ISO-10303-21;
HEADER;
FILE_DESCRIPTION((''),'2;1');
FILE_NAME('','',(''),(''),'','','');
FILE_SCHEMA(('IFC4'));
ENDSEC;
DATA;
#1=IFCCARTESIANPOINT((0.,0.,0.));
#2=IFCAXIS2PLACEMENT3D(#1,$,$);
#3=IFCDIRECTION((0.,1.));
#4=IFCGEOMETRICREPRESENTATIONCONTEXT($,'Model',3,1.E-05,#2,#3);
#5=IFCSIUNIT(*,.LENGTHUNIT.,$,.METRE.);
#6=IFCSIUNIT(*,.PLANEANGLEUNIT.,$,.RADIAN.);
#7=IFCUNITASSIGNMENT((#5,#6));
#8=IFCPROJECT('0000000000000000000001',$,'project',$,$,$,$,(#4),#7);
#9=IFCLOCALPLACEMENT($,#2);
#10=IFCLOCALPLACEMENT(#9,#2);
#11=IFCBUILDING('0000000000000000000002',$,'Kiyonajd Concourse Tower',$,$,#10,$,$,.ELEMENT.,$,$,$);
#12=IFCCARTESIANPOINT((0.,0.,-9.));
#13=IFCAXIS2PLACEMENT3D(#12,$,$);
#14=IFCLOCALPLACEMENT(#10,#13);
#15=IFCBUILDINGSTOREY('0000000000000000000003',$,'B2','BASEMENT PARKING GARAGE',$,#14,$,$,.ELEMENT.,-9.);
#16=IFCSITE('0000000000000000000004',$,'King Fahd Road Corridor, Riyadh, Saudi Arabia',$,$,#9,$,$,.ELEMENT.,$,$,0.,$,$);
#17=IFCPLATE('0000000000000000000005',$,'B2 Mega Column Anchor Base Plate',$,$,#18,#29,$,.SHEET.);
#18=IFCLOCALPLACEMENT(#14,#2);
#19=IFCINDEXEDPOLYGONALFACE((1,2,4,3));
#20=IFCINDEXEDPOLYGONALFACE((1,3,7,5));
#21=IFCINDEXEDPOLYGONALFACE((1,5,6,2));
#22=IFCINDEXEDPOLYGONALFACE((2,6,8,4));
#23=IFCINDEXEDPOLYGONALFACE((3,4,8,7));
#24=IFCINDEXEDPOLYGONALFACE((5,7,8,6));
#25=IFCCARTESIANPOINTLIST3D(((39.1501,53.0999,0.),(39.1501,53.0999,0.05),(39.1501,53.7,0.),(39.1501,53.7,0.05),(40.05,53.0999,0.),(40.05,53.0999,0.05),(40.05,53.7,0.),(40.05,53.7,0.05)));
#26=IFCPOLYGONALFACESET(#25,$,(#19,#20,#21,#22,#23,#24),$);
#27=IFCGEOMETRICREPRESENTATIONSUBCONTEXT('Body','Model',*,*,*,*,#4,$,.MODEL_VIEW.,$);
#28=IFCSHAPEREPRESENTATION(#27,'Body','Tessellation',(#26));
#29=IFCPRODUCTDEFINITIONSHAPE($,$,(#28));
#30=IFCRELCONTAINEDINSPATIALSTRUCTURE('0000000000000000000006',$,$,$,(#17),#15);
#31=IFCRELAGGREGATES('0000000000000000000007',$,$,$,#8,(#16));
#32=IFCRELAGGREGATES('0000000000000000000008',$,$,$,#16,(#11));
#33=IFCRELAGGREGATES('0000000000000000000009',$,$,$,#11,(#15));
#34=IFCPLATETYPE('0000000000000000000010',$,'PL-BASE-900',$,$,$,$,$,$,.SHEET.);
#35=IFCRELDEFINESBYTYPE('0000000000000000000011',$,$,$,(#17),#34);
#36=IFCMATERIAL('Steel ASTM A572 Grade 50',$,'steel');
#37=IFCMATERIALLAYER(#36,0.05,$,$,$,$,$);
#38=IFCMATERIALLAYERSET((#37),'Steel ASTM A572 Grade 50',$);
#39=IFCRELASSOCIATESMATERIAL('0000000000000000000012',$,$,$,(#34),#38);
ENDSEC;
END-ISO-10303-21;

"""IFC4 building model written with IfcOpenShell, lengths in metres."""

from ifc_helpers import new_model, si_unit, direction, frame, origin, origin_2d, place, context, subcontext, project, spatial, rectangle, extrude, material, layer, layer_set, type_object, element, save


model = new_model("IFC4")

# Units and contexts
model_context = context("Model", 3, precision=1e-05, world=origin(), true_north=direction((0.0, 1.0)))
body_context = subcontext(model_context, "Body", "Model", "MODEL_VIEW")
ifc_project = project(units=[si_unit("LENGTHUNIT", "METRE"), si_unit("PLANEANGLEUNIT", "RADIAN")], contexts=[model_context])

# Site, building, storey
site_placement = place(None, origin())
site = spatial("IfcSite", under=ifc_project, at=site_placement, Name="King Fahd Road Corridor, Riyadh, Saudi Arabia", CompositionType="ELEMENT", RefElevation=0.0)
building_placement = place(site_placement, origin())
building = spatial("IfcBuilding", under=site, at=building_placement, Name="Kiyonajd Concourse Tower", CompositionType="ELEMENT")
storey_placement = place(building_placement, frame((0.0, 0.0, -9.0)))
storey = spatial("IfcBuildingStorey", under=building, at=storey_placement, Name="B2", Description="BASEMENT PARKING GARAGE", CompositionType="ELEMENT", Elevation=-9.0)

# Plate
ifc_material_1 = material(Name="Steel ASTM A572 Grade 50", Category="steel")
ifc_layer = layer(ifc_material_1, 0.05)
ifc_layer_set = layer_set([ifc_layer], Name="Steel ASTM A572 Grade 50")
plate_type = type_object("IfcPlateType", Name="PL-BASE-900", PredefinedType="SHEET", material=ifc_layer_set)
for number, where, z_axis, x_axis, name in (
    (1, (39.6001, 53.3999, 0.0), (0.0, 0.0, 1.0), (1.0, 0.0, 0.0), "B2 Mega Column Anchor Base Plate"),
):
    element("IfcPlate", number, at=place(storey_placement, frame(where, z_axis=z_axis, x_axis=x_axis)), inside=storey, type_object=plate_type, Name=name, PredefinedType="SHEET", context=body_context, shape_type="SweptSolid", body=[
        extrude(rectangle(XDim=0.8999, YDim=0.6001, at=origin_2d()), origin(), (0.0, 0.0, 1.0), 0.05),
    ])

save(model, "model.ifc")
